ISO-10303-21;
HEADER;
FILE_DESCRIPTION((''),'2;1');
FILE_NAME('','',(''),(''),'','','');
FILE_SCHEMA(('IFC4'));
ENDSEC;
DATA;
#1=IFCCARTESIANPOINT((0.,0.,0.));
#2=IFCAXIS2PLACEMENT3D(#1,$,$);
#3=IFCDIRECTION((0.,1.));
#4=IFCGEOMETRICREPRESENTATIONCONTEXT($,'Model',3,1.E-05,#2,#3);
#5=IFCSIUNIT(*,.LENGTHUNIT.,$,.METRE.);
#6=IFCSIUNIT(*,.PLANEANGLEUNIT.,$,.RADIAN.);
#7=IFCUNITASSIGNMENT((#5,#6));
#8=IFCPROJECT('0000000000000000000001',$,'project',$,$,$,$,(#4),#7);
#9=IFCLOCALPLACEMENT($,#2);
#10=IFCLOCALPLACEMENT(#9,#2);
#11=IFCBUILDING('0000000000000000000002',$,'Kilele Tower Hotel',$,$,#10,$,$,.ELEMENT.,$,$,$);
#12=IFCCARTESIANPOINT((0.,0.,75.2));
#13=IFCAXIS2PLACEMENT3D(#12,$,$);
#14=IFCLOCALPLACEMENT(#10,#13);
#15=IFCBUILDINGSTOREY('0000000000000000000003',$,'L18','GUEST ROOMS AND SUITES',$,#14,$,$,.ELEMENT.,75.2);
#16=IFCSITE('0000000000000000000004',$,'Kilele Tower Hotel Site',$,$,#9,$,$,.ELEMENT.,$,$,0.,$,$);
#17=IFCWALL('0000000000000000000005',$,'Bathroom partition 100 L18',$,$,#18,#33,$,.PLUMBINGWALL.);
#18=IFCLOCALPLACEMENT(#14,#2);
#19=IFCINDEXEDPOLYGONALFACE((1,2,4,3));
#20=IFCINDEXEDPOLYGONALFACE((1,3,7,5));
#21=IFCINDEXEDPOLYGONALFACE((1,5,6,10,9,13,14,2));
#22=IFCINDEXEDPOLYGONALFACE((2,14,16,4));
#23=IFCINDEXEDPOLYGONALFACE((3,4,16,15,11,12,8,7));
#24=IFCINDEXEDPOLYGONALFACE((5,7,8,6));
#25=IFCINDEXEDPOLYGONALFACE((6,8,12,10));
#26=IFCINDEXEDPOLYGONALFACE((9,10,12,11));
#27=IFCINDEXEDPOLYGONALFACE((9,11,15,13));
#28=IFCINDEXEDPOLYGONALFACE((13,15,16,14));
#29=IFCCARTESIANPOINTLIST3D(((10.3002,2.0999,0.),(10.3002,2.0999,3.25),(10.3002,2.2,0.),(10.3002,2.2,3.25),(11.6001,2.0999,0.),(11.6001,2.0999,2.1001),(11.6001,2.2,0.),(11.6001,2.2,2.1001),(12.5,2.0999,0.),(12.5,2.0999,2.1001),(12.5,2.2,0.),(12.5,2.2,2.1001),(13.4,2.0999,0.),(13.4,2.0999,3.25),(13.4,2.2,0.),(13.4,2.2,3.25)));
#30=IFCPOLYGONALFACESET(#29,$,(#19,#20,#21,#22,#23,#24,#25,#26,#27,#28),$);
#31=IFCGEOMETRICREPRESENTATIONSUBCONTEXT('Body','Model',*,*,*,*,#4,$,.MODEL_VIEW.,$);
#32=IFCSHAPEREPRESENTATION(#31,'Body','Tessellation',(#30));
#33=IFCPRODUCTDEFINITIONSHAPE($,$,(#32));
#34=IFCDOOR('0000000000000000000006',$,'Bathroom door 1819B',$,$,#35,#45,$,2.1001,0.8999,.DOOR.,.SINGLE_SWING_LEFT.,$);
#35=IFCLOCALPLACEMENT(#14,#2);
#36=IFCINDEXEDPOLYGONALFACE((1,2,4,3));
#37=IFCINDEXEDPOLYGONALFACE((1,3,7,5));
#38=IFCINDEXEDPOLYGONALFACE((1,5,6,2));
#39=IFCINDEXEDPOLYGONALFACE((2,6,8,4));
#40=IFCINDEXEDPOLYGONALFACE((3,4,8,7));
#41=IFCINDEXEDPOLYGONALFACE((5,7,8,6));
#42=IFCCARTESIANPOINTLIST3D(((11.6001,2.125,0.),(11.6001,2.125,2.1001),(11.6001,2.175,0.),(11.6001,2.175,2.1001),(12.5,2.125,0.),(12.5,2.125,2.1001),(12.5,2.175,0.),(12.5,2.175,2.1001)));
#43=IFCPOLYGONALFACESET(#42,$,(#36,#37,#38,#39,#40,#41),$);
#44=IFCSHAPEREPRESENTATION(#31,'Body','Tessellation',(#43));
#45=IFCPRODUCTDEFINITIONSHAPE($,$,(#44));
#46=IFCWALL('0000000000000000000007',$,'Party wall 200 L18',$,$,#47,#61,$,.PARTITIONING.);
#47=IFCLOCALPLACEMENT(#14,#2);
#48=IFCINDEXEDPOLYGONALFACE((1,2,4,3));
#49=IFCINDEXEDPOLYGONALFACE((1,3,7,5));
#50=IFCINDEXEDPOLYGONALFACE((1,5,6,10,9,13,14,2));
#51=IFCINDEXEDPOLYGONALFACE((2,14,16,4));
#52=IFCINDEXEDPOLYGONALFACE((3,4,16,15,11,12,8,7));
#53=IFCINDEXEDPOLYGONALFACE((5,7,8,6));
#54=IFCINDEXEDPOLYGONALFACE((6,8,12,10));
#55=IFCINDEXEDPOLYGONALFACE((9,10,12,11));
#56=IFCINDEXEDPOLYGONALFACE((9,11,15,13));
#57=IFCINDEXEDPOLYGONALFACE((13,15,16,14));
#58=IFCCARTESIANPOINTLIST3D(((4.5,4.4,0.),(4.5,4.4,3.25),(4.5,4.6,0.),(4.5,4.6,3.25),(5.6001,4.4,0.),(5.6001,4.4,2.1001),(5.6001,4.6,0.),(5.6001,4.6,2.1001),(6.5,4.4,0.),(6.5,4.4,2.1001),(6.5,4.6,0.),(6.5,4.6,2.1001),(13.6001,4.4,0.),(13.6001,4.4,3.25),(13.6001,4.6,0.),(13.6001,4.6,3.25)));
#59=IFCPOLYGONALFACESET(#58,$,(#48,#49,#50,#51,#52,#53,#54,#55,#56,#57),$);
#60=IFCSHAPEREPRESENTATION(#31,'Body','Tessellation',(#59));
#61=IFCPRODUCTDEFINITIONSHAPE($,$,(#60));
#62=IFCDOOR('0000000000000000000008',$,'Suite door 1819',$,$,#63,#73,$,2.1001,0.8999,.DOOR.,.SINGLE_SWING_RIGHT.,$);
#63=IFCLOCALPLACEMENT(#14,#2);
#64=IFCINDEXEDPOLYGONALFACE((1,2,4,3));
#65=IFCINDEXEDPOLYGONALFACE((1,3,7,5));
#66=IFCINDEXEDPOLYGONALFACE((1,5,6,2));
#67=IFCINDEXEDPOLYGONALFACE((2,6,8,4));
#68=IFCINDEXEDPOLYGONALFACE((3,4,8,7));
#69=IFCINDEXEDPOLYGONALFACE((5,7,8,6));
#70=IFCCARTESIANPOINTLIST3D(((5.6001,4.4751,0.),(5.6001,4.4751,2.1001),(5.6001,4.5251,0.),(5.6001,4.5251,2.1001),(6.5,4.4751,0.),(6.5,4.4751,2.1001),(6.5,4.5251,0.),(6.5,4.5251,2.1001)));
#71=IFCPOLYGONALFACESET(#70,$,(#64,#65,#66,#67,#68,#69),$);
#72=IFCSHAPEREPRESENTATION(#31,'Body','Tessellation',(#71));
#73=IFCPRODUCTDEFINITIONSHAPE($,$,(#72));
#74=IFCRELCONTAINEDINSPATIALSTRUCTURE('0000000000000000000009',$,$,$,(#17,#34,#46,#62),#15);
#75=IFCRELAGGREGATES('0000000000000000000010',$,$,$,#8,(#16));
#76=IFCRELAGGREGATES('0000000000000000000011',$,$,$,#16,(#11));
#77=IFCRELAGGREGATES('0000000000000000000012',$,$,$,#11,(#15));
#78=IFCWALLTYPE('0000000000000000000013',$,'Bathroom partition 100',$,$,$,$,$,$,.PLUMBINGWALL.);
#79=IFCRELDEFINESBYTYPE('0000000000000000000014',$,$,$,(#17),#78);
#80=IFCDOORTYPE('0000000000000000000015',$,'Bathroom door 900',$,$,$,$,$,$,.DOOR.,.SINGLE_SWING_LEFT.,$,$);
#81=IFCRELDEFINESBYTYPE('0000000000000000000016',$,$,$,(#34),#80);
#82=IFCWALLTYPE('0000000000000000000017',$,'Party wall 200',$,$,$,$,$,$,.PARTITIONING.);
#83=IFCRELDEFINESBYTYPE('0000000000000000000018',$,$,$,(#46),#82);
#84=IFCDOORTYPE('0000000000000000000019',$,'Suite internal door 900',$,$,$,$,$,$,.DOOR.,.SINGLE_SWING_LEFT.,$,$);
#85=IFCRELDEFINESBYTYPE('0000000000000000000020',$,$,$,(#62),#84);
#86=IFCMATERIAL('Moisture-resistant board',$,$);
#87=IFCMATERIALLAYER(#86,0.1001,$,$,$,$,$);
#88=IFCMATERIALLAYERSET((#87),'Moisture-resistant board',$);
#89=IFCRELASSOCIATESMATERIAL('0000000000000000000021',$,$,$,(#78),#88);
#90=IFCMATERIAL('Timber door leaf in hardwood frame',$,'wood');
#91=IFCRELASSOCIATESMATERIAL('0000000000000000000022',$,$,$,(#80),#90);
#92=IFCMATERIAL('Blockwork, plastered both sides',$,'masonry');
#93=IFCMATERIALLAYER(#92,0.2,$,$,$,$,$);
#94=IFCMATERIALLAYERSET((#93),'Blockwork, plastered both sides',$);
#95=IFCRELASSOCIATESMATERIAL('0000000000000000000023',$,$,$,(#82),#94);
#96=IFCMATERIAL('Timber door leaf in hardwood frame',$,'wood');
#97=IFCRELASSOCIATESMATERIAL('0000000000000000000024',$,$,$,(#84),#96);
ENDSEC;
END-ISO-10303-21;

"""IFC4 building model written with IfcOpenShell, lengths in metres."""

from ifc_helpers import new_model, si_unit, direction, frame, frame_2d, origin, place, context, subcontext, project, spatial, rectangle, extrude, material, layer, layer_set, type_object, element, fill, save


model = new_model("IFC4")

# Units and contexts
model_context = context("Model", 3, precision=1e-05, world=origin(), true_north=direction((0.0, 1.0)))
body_context = subcontext(model_context, "Body", "Model", "MODEL_VIEW")
ifc_project = project(units=[si_unit("LENGTHUNIT", "METRE"), si_unit("PLANEANGLEUNIT", "RADIAN")], contexts=[model_context])

# Site, building, storey
site_placement = place(None, origin())
site = spatial("IfcSite", under=ifc_project, at=site_placement, Name="Kilele Tower Hotel Site", CompositionType="ELEMENT", RefElevation=0.0)
building_placement = place(site_placement, origin())
building = spatial("IfcBuilding", under=site, at=building_placement, Name="Kilele Tower Hotel", CompositionType="ELEMENT")
storey_placement = place(building_placement, frame((0.0, 0.0, 75.2)))
storey = spatial("IfcBuildingStorey", under=building, at=storey_placement, Name="L18", Description="GUEST ROOMS AND SUITES", CompositionType="ELEMENT", Elevation=75.2)

# Shared definitions
ifc_material_1 = material(Name="Moisture-resistant board")
ifc_layer_1 = layer(ifc_material_1, 0.1001)
ifc_layer_set_1 = layer_set([ifc_layer_1], Name="Moisture-resistant board")
wall_type_1 = type_object("IfcWallType", Name="Bathroom partition 100", PredefinedType="PLUMBINGWALL", material=ifc_layer_set_1)

# Walls, openings, doors
ifc_material_2 = material(Name="Timber door leaf in hardwood frame", Category="wood")
door_type_1 = type_object("IfcDoorType", Name="Bathroom door 900", OperationType="SINGLE_SWING_LEFT", PredefinedType="DOOR", material=ifc_material_2)
wall_1_placement = place(storey_placement, frame((13.3999, 2.1499, 0.0), z_axis=(0.0, 0.0, 1.0), x_axis=(-1.0, 0.0, 0.0)))
wall_1 = element("IfcWall", 1, at=wall_1_placement, inside=storey, type_object=wall_type_1, Name="Bathroom partition 100 L18", PredefinedType="PLUMBINGWALL", context=body_context, shape_type="SweptSolid", body=[
    extrude(rectangle(XDim=3.0999, YDim=0.1001, at=frame_2d((1.5498, 0.0))), origin(), (0.0, 0.0, 1.0), 3.25),
])
opening_1_placement = place(wall_1_placement, frame((0.8999, 0.0, 0.0)))
opening_1 = element("IfcOpeningElement", 2, at=opening_1_placement, cuts=wall_1, PredefinedType="OPENING", context=body_context, shape_type="SweptSolid", body=[
    extrude(rectangle(XDim=0.8999, YDim=2.1001, at=frame_2d((0.45, 1.05))), frame((0.0, 0.0601, 0.0), z_axis=(0.0, -1.0, 0.0), x_axis=(1.0, 0.0, 0.0)), (0.0, 0.0, 1.0), 0.1201),
])
door_1_placement = place(opening_1_placement, origin())
door_1 = element("IfcDoor", 3, at=door_1_placement, inside=storey, type_object=door_type_1, Name="Bathroom door 1819B", OperationType="SINGLE_SWING_LEFT", OverallHeight=2.1001, OverallWidth=0.8999, PredefinedType="DOOR", context=body_context, shape_type="SweptSolid", body=[
    extrude(rectangle(XDim=0.8999, YDim=2.1001, at=frame_2d((0.45, 1.05))), frame((0.0, 0.0249, 0.0), z_axis=(0.0, -1.0, 0.0), x_axis=(1.0, 0.0, 0.0)), (0.0, 0.0, 1.0), 0.05),
])
fill(opening_1, door_1)
ifc_material_3 = material(Name="Blockwork, plastered both sides", Category="masonry")
ifc_layer_2 = layer(ifc_material_3, 0.2)
ifc_layer_set_2 = layer_set([ifc_layer_2], Name="Blockwork, plastered both sides")
wall_type_2 = type_object("IfcWallType", Name="Party wall 200", PredefinedType="PARTITIONING", material=ifc_layer_set_2)
wall_2_placement = place(storey_placement, frame((13.6001, 4.5, 0.0), z_axis=(0.0, 0.0, 1.0), x_axis=(-1.0, 0.0, 0.0)))
wall_2 = element("IfcWall", 4, at=wall_2_placement, inside=storey, type_object=wall_type_2, Name="Party wall 200 L18", PredefinedType="PARTITIONING", context=body_context, shape_type="SweptSolid", body=[
    extrude(rectangle(XDim=9.1001, YDim=0.2, at=frame_2d((4.55, 0.0))), origin(), (0.0, 0.0, 1.0), 3.25),
])
opening_2_placement = place(wall_2_placement, frame((7.1001, 0.0, 0.0)))
opening_2 = element("IfcOpeningElement", 5, at=opening_2_placement, cuts=wall_2, PredefinedType="OPENING", context=body_context, shape_type="SweptSolid", body=[
    extrude(rectangle(XDim=0.8999, YDim=2.1001, at=frame_2d((0.45, 1.05))), frame((0.0, 0.1099, 0.0), z_axis=(0.0, -1.0, 0.0), x_axis=(1.0, 0.0, 0.0)), (0.0, 0.0, 1.0), 0.22),
])
ifc_material_4 = material(Name="Timber door leaf in hardwood frame", Category="wood")
door_type_2 = type_object("IfcDoorType", Name="Suite internal door 900", OperationType="SINGLE_SWING_LEFT", PredefinedType="DOOR", material=ifc_material_4)
door_2_placement = place(opening_2_placement, origin())
door_2 = element("IfcDoor", 6, at=door_2_placement, inside=storey, type_object=door_type_2, Name="Suite door 1819", OperationType="SINGLE_SWING_RIGHT", OverallHeight=2.1001, OverallWidth=0.8999, PredefinedType="DOOR", context=body_context, shape_type="SweptSolid", body=[
    extrude(rectangle(XDim=0.8999, YDim=2.1001, at=frame_2d((0.45, 1.05))), frame((0.0, 0.0249, 0.0), z_axis=(0.0, -1.0, 0.0), x_axis=(1.0, 0.0, 0.0)), (0.0, 0.0, 1.0), 0.05),
])
fill(opening_2, door_2)

save(model, "model.ifc")
